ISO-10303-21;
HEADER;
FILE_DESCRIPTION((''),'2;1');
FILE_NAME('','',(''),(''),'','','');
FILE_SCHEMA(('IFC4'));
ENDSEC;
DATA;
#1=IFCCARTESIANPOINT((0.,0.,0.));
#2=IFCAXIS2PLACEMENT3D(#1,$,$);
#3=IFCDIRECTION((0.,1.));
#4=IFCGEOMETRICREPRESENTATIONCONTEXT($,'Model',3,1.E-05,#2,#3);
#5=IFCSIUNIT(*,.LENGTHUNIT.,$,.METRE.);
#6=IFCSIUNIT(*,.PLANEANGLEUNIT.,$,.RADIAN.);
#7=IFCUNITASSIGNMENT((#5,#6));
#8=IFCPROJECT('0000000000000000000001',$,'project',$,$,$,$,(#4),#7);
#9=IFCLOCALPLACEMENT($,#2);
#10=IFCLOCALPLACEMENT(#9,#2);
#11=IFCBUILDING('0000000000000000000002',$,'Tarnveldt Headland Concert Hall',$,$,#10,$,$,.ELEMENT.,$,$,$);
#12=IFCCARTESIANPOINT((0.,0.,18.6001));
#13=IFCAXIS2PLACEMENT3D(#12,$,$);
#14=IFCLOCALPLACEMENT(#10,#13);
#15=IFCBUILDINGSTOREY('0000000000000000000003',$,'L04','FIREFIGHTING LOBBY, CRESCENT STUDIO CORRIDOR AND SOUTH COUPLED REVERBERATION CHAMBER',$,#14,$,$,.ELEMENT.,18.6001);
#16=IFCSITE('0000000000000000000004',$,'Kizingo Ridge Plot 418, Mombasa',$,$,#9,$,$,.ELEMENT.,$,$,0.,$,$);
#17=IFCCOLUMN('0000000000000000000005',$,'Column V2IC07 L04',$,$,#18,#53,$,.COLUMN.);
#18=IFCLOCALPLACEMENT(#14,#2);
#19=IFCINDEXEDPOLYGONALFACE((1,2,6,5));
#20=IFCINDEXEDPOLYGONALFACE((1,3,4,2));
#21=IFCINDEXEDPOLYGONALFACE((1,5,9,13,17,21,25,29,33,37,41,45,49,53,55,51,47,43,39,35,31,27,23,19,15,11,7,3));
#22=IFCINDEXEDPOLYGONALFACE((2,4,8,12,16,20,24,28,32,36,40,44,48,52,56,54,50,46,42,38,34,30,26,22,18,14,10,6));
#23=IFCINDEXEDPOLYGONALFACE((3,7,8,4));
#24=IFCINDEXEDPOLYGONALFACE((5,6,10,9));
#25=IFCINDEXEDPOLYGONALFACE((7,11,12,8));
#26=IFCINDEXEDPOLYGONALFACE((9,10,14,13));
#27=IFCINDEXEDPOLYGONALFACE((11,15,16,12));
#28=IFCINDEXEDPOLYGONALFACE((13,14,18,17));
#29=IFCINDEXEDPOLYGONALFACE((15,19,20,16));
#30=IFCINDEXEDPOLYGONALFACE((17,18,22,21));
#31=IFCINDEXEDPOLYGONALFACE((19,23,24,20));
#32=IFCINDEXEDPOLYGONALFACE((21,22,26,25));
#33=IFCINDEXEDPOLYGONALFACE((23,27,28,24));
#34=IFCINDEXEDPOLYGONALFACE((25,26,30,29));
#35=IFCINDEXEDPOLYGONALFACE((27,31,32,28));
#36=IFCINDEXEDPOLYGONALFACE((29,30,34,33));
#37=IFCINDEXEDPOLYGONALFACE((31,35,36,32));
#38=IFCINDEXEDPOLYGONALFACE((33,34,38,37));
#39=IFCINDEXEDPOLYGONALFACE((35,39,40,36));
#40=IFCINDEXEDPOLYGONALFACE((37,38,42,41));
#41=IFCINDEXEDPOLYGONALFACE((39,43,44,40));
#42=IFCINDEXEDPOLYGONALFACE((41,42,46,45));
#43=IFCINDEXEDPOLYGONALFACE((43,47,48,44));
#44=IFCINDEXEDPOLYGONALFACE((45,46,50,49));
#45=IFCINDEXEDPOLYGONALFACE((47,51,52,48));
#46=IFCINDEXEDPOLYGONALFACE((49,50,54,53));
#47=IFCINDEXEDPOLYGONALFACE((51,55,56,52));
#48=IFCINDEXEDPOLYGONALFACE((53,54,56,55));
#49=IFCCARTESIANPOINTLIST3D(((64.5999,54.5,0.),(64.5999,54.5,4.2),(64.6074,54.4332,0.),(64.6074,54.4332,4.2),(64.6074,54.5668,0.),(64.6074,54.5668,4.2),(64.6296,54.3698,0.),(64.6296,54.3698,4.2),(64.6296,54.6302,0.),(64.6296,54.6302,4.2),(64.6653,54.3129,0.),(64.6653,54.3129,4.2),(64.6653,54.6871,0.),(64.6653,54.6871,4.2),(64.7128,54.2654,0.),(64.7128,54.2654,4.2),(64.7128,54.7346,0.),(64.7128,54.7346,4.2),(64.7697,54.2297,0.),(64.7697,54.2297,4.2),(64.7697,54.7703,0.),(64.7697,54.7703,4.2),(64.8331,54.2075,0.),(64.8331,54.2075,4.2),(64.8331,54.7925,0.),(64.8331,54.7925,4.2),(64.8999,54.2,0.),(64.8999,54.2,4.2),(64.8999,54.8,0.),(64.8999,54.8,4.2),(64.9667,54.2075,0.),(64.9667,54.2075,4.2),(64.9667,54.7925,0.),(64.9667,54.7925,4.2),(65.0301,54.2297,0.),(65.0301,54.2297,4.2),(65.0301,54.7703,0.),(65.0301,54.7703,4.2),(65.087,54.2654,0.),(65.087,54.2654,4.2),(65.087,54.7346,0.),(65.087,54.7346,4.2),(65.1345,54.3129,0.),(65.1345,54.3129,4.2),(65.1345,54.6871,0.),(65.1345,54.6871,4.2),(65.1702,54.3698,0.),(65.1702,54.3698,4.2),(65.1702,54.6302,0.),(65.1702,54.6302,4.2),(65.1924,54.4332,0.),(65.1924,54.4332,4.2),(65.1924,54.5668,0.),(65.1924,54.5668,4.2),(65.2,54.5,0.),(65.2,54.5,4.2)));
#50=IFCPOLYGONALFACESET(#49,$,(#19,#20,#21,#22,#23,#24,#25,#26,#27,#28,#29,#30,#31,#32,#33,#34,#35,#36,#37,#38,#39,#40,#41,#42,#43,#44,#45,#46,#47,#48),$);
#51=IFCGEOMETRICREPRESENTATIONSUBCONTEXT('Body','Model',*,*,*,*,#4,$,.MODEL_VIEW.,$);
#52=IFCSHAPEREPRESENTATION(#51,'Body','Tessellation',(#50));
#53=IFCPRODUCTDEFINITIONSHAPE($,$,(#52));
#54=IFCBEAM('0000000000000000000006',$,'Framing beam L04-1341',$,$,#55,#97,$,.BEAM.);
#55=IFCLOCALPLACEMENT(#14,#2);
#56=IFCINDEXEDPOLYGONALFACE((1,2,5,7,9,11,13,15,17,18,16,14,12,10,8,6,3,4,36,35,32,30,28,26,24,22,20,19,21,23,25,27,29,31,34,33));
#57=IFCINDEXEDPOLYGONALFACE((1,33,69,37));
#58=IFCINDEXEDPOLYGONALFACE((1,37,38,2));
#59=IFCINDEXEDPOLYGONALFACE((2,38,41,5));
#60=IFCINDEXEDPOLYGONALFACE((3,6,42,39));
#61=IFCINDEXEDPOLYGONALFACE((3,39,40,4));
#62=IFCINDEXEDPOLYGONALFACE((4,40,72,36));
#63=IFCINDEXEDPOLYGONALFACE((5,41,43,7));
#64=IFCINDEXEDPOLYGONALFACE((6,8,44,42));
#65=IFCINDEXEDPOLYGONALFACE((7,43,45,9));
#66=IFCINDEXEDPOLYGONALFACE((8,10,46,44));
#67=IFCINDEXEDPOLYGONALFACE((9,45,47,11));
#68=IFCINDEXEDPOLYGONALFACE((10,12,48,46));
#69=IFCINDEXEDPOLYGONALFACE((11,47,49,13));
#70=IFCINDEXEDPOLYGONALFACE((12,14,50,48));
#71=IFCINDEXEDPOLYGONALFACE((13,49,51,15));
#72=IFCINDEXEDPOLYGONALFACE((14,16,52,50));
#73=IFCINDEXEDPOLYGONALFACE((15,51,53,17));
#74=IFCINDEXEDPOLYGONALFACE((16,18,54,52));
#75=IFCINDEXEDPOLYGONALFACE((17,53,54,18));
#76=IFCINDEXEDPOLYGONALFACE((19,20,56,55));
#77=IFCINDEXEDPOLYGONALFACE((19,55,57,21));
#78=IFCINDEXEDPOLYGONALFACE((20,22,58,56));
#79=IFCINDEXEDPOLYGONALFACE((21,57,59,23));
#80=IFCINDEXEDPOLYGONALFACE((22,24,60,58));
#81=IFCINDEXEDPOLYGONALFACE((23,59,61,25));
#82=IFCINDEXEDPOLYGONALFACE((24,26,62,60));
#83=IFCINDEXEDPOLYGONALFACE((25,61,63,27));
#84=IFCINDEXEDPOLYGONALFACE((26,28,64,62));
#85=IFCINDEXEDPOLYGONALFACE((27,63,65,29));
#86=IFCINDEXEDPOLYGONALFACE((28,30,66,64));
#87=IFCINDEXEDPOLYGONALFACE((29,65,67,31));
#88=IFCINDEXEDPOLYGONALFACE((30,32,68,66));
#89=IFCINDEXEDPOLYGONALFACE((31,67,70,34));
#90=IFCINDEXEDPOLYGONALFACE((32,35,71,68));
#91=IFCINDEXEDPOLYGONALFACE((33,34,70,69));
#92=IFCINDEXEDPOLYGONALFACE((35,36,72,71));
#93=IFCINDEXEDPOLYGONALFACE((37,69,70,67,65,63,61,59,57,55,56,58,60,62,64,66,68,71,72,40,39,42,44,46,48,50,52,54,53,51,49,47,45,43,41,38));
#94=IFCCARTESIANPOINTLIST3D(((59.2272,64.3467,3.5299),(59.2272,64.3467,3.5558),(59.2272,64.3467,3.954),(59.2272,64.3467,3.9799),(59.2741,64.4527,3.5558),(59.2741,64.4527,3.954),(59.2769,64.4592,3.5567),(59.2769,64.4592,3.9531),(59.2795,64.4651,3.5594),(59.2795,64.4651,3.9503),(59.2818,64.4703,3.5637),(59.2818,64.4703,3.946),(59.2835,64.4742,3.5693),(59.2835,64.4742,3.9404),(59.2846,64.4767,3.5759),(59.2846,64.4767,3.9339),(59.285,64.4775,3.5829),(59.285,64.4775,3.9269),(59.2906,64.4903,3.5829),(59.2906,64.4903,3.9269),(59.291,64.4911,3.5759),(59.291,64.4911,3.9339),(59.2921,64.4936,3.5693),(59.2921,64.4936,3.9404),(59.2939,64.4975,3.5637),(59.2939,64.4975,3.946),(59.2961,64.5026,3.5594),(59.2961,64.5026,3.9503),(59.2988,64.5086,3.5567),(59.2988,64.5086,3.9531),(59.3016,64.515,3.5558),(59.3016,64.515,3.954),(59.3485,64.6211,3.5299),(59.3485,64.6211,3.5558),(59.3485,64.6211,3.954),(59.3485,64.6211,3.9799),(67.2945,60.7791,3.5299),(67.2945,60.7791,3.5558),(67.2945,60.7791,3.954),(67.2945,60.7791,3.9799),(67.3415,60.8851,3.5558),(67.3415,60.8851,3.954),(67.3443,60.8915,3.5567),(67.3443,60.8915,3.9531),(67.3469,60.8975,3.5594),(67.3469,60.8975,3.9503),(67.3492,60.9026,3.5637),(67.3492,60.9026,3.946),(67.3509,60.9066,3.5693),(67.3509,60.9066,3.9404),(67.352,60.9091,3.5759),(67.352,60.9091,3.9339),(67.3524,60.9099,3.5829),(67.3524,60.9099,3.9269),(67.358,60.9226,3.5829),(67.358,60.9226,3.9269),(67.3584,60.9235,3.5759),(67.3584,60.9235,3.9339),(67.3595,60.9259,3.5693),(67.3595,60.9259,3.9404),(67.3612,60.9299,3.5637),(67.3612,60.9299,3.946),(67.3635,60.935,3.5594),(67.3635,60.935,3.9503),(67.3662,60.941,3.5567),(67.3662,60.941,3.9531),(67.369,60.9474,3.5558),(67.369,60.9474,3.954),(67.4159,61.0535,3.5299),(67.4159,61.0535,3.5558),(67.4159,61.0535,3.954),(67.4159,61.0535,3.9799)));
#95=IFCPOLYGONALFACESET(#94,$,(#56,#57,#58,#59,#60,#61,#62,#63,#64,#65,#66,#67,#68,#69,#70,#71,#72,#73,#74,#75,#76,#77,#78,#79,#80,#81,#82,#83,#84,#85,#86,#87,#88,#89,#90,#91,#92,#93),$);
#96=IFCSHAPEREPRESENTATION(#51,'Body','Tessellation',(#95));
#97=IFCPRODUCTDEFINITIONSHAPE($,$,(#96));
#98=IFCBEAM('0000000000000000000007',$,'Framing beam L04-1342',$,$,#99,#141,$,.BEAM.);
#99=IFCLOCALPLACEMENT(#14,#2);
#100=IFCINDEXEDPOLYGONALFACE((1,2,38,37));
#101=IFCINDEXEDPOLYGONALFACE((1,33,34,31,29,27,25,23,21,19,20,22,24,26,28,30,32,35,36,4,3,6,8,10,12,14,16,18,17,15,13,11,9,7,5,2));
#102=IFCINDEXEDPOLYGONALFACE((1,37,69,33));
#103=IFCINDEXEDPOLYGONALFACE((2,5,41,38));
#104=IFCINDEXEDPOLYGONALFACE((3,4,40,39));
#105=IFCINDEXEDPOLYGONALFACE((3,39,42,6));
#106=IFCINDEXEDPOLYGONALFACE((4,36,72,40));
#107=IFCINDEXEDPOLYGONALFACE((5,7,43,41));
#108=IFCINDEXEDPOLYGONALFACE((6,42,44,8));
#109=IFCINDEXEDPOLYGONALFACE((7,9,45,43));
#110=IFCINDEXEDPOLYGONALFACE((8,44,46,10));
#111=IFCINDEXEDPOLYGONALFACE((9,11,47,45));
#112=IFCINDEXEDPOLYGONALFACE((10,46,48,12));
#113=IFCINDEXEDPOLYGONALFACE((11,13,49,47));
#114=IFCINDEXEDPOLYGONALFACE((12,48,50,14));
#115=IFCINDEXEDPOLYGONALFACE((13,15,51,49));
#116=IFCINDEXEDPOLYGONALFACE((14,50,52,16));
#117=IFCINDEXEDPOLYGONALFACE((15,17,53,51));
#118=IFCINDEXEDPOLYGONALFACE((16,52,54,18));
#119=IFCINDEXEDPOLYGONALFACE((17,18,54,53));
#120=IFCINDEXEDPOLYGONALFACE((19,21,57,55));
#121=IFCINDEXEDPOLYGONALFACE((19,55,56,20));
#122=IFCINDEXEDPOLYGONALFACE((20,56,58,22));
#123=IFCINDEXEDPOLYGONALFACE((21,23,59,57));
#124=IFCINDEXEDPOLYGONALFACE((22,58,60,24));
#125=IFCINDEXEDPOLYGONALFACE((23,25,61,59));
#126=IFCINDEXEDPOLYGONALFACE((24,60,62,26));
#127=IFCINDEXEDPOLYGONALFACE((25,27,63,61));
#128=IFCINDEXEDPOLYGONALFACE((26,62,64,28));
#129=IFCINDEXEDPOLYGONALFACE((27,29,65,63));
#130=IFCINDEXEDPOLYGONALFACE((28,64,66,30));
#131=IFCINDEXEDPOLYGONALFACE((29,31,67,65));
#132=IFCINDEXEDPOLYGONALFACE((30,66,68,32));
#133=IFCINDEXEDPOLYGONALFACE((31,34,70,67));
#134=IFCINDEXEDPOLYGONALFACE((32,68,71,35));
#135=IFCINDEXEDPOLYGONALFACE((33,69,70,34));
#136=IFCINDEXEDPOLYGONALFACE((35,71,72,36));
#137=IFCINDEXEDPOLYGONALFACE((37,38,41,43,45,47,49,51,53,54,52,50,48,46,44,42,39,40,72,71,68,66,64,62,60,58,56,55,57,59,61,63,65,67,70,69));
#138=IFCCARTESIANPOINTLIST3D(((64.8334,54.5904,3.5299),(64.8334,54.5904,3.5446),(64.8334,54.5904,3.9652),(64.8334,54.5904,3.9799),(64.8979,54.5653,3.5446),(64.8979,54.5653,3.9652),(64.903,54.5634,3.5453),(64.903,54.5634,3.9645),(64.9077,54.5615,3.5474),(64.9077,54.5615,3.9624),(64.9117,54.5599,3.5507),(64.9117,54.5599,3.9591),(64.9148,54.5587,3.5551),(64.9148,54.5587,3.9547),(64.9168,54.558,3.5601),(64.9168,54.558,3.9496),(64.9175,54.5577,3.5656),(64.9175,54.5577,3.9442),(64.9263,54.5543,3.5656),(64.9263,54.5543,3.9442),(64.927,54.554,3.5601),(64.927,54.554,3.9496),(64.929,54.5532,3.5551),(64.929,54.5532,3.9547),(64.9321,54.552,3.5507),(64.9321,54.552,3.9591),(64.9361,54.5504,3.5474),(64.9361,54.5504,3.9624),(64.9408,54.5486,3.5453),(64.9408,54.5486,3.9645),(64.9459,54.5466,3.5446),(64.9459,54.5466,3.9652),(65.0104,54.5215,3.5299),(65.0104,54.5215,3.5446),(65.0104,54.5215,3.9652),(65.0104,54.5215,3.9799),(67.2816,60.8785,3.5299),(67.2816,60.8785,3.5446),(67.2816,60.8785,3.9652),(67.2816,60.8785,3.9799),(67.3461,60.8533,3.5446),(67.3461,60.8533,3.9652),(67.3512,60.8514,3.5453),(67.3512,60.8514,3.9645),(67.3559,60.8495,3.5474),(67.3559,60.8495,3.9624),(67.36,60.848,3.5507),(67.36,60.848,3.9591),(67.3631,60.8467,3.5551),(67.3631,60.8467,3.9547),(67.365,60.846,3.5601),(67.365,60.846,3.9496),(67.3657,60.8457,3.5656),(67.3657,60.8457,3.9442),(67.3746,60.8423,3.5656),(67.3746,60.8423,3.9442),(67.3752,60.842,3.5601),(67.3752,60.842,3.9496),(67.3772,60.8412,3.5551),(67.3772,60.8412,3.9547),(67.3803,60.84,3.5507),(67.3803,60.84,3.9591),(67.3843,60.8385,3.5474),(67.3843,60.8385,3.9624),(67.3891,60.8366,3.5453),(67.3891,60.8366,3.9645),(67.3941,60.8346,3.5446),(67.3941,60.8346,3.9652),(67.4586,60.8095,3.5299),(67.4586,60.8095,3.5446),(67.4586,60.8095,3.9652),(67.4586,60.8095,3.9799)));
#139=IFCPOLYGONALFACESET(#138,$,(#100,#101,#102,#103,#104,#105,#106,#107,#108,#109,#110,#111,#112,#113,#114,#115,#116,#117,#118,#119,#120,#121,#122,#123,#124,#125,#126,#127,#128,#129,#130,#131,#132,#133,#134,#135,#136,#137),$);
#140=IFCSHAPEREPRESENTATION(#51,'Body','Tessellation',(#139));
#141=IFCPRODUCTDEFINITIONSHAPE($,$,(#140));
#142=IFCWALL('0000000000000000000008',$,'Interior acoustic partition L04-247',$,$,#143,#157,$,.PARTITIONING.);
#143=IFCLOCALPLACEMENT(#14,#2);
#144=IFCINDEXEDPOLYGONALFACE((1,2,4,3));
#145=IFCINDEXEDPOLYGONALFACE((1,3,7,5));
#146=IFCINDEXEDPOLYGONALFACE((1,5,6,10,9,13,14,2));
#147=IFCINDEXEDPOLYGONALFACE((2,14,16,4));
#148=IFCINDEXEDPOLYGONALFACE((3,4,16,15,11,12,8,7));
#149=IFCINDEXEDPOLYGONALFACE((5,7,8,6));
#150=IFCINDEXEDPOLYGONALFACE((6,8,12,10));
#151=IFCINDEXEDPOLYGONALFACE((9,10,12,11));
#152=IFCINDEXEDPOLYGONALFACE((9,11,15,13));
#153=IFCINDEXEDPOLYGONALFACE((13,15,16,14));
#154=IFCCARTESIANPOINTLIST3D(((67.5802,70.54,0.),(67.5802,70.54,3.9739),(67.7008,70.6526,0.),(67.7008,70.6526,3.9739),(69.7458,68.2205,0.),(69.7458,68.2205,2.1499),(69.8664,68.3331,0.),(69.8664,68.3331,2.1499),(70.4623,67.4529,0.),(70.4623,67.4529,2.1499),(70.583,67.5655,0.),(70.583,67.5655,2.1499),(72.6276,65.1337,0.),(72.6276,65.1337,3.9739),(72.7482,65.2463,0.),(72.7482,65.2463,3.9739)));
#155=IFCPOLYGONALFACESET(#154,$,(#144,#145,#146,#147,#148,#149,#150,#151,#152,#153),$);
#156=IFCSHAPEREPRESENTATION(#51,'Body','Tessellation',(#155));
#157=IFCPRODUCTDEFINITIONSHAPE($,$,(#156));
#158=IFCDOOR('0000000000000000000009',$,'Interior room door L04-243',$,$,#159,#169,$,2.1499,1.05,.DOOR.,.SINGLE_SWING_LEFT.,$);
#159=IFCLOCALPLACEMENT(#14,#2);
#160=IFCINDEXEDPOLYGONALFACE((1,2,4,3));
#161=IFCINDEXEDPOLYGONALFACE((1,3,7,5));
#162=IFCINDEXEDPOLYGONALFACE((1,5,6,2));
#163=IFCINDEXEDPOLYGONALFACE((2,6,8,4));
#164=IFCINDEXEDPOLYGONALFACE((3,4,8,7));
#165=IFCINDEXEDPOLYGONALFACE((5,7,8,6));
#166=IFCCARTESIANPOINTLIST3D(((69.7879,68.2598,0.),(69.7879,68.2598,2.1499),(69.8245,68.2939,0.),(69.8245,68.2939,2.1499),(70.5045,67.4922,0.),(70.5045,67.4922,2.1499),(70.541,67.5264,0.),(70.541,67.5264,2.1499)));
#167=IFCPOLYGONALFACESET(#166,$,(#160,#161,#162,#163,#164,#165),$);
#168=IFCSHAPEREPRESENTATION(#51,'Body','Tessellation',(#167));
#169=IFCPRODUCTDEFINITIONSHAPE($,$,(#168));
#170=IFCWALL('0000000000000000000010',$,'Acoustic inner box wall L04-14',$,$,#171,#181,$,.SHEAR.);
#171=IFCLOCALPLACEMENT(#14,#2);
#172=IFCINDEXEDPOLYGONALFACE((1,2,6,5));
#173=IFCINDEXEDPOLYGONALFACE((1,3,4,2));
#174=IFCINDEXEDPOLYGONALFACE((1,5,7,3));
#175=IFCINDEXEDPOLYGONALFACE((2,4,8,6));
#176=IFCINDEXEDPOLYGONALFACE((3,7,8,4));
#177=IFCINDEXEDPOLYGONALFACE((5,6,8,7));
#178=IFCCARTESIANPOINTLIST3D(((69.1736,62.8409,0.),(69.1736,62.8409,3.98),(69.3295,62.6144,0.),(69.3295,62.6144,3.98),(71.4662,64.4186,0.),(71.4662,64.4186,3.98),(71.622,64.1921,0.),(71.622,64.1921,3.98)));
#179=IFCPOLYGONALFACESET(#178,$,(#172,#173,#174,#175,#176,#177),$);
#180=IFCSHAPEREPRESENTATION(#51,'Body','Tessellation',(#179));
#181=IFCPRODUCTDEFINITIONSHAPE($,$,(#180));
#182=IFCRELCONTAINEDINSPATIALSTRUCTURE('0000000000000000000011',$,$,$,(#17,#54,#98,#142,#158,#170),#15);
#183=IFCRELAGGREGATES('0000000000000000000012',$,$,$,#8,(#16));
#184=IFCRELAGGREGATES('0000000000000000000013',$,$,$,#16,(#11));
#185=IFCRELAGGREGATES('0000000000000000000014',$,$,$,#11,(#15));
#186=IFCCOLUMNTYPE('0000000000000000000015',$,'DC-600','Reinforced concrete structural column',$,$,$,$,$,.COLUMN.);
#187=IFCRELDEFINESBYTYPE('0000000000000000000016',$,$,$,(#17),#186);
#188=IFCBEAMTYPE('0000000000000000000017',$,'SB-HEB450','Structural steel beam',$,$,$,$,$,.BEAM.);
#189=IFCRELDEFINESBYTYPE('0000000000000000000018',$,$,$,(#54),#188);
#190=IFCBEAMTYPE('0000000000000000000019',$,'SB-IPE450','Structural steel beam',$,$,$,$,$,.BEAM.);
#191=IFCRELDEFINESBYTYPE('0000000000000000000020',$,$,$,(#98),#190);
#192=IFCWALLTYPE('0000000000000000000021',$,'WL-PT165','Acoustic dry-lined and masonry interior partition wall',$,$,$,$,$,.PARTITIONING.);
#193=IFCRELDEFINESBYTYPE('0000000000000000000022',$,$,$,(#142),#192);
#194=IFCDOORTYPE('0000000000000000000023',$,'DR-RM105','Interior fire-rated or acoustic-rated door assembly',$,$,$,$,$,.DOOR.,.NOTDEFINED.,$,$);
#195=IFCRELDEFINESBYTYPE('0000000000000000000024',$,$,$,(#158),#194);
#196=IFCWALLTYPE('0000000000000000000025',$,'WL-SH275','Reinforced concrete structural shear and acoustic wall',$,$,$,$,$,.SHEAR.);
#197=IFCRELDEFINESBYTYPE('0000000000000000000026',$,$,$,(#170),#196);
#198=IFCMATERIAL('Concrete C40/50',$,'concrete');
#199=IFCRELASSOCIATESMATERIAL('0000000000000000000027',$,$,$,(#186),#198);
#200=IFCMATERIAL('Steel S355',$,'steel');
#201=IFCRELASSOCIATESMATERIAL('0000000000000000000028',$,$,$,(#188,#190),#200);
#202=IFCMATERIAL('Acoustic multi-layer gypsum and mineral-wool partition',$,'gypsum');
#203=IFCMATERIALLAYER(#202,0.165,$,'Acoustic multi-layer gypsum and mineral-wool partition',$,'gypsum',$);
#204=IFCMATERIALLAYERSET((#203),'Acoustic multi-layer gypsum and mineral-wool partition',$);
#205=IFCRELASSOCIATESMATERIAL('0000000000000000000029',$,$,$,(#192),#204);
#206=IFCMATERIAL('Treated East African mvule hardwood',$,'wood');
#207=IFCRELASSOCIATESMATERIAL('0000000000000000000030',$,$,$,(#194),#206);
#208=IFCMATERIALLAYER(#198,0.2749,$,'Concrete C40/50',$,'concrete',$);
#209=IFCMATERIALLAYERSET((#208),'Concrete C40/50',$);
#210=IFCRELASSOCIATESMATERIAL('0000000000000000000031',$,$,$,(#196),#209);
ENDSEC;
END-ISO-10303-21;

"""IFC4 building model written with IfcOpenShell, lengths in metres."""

from ifc_helpers import new_model, si_unit, direction, frame, frame_2d, origin, origin_2d, place, context, subcontext, project, spatial, rectangle, circle, i_section, extrude, material, layer, layer_set, material_profile, profile_set, type_object, element, fill, save


model = new_model("IFC4")

# Units and contexts
model_context = context("Model", 3, precision=1e-05, world=origin(), true_north=direction((0.0, 1.0)))
body_context = subcontext(model_context, "Body", "Model", "MODEL_VIEW")
ifc_project = project(units=[si_unit("LENGTHUNIT", "METRE"), si_unit("PLANEANGLEUNIT", "RADIAN")], contexts=[model_context])

# Site, building, storey
site_placement = place(None, origin())
site = spatial("IfcSite", under=ifc_project, at=site_placement, Name="Kizingo Ridge Plot 418, Mombasa", CompositionType="ELEMENT", RefElevation=0.0)
building_placement = place(site_placement, origin())
building = spatial("IfcBuilding", under=site, at=building_placement, Name="Tarnveldt Headland Concert Hall", CompositionType="ELEMENT")
storey_placement = place(building_placement, frame((0.0, 0.0, 18.6001)))
storey = spatial("IfcBuildingStorey", under=building, at=storey_placement, Name="L04", Description="FIREFIGHTING LOBBY, CRESCENT STUDIO CORRIDOR AND SOUTH COUPLED REVERBERATION CHAMBER", CompositionType="ELEMENT", Elevation=18.6001)

# Column
ifc_material_1 = material(Name="Concrete C40/50", Category="concrete")
ifc_material_profile_1 = material_profile(ifc_material_1, circle(Radius=0.3, at=origin_2d()), Name="RC D600", Category="concrete")
ifc_profile_set_1 = profile_set([ifc_material_profile_1], Name="Concrete C40/50")
column_type = type_object("IfcColumnType", Name="DC-600", Description="Reinforced concrete structural column", PredefinedType="COLUMN", material=ifc_profile_set_1)
for number, where, z_axis, x_axis, name in (
    (1, (64.8999, 54.5, 0.0), (0.0, 0.0, 1.0), (-1.0, 0.0, 0.0), "Column V2IC07 L04"),
):
    element("IfcColumn", number, at=place(storey_placement, frame(where, z_axis=z_axis, x_axis=x_axis)), inside=storey, type_object=column_type, Name=name, PredefinedType="COLUMN", context=body_context, shape_type="SweptSolid", body=[
        extrude(circle(Radius=0.3, at=origin_2d()), origin(), (0.0, 0.0, 1.0), 4.2),
    ])

# Beams
ifc_material_2 = material(Name="Steel S355", Category="steel")
ifc_material_profile_2 = material_profile(ifc_material_2, i_section(OverallWidth=0.3, OverallDepth=0.45, WebThickness=0.0139, FlangeThickness=0.0259, FilletRadius=0.0271, at=origin_2d()), Name="HEB450", Category="steel")
ifc_profile_set_2 = profile_set([ifc_material_profile_2], Name="Steel S355")
beam_type_1 = type_object("IfcBeamType", Name="SB-HEB450", Description="Structural steel beam", PredefinedType="BEAM", material=ifc_profile_set_2)
beam_1_placement = place(storey_placement, frame((67.3552, 60.9163, 3.7549), z_axis=(-0.914562, 0.404445, 0.0), x_axis=(-0.404445, -0.914562, 0.0)))
element("IfcBeam", 2, at=beam_1_placement, inside=storey, type_object=beam_type_1, Name="Framing beam L04-1341", PredefinedType="BEAM", context=body_context, shape_type="SweptSolid", body=[
    extrude(i_section(OverallWidth=0.3, OverallDepth=0.45, WebThickness=0.0139, FlangeThickness=0.0259, FilletRadius=0.0271, at=origin_2d()), origin(), (0.0, 0.0, 1.0), 8.821),
])
ifc_material_profile_3 = material_profile(ifc_material_2, i_section(OverallWidth=0.1899, OverallDepth=0.45, WebThickness=0.0095, FlangeThickness=0.0146, FilletRadius=0.021, at=origin_2d()), Name="IPE450", Category="steel")
ifc_profile_set_3 = profile_set([ifc_material_profile_3], Name="Steel S355")
beam_type_2 = type_object("IfcBeamType", Name="SB-IPE450", Description="Structural steel beam", PredefinedType="BEAM", material=ifc_profile_set_3)
beam_2_placement = place(storey_placement, frame((67.3701, 60.844, 3.7549), z_axis=(-0.362816, -0.931861, 0.0), x_axis=(0.931861, -0.362816, 0.0)))
element("IfcBeam", 3, at=beam_2_placement, inside=storey, type_object=beam_type_2, Name="Framing beam L04-1342", PredefinedType="BEAM", context=body_context, shape_type="SweptSolid", body=[
    extrude(i_section(OverallWidth=0.1899, OverallDepth=0.45, WebThickness=0.0095, FlangeThickness=0.0146, FilletRadius=0.021, at=origin_2d()), origin(), (0.0, 0.0, 1.0), 6.7478),
])

# Wall, opening, door
ifc_material_3 = material(Name="Acoustic multi-layer gypsum and mineral-wool partition", Category="gypsum")
ifc_layer_1 = layer(ifc_material_3, 0.165, Name="Acoustic multi-layer gypsum and mineral-wool partition", Category="gypsum")
ifc_layer_set_1 = layer_set([ifc_layer_1], Name="Acoustic multi-layer gypsum and mineral-wool partition")
wall_type_1 = type_object("IfcWallType", Name="WL-PT165", Description="Acoustic dry-lined and masonry interior partition wall", PredefinedType="PARTITIONING", material=ifc_layer_set_1)
wall_1_placement = place(storey_placement, frame((72.688, 65.1899, 0.0), z_axis=(0.0, 0.0, 1.0), x_axis=(-0.682429, 0.730952, 0.0)))
wall_1 = element("IfcWall", 4, at=wall_1_placement, inside=storey, type_object=wall_type_1, Name="Interior acoustic partition L04-247", PredefinedType="PARTITIONING", context=body_context, shape_type="SweptSolid", body=[
    extrude(rectangle(XDim=7.3962, YDim=0.165, at=frame_2d((3.6982, 0.0))), origin(), (0.0, 0.0, 1.0), 3.9739),
])
opening_1_placement = place(wall_1_placement, frame((3.1731, 0.0, 0.0)))
opening_1 = element("IfcOpeningElement", 5, at=opening_1_placement, cuts=wall_1, PredefinedType="OPENING", context=body_context, shape_type="SweptSolid", body=[
    extrude(rectangle(XDim=1.05, YDim=2.1499, at=frame_2d((0.5249, 1.075))), frame((0.0, 0.0925, 0.0), z_axis=(0.0, -1.0, 0.0), x_axis=(1.0, 0.0, 0.0)), (0.0, 0.0, 1.0), 0.1851),
])
ifc_material_4 = material(Name="Treated East African mvule hardwood", Category="wood")
door_type_1 = type_object("IfcDoorType", Name="DR-RM105", Description="Interior fire-rated or acoustic-rated door assembly", OperationType="NOTDEFINED", PredefinedType="DOOR", material=ifc_material_4)
door_1_placement = place(opening_1_placement, origin())
door_1 = element("IfcDoor", 6, at=door_1_placement, inside=storey, type_object=door_type_1, Name="Interior room door L04-243", OperationType="SINGLE_SWING_LEFT", OverallHeight=2.1499, OverallWidth=1.05, PredefinedType="DOOR", context=body_context, shape_type="SweptSolid", body=[
    extrude(rectangle(XDim=1.05, YDim=2.1499, at=frame_2d((0.5249, 1.075))), frame((0.0, 0.0249, 0.0), z_axis=(0.0, -1.0, 0.0), x_axis=(1.0, 0.0, 0.0)), (0.0, 0.0, 1.0), 0.05),
])
fill(opening_1, door_1)

# Wall
ifc_layer_2 = layer(ifc_material_1, 0.2749, Name="Concrete C40/50", Category="concrete")
ifc_layer_set_2 = layer_set([ifc_layer_2], Name="Concrete C40/50")
wall_type_2 = type_object("IfcWallType", Name="WL-SH275", Description="Reinforced concrete structural shear and acoustic wall", PredefinedType="SHEAR", material=ifc_layer_set_2)
wall_2_placement = place(storey_placement, frame((71.5442, 64.3054, 0.0), z_axis=(0.0, 0.0, 1.0), x_axis=(-0.823781, -0.566909, 0.0)))
element("IfcWall", 7, at=wall_2_placement, inside=storey, type_object=wall_type_2, Name="Acoustic inner box wall L04-14", PredefinedType="SHEAR", context=body_context, shape_type="SweptSolid", body=[
    extrude(rectangle(XDim=2.783, YDim=0.2749, at=frame_2d((1.3916, 0.0))), origin(), (0.0, 0.0, 1.0), 3.98),
])

save(model, "model.ifc")
